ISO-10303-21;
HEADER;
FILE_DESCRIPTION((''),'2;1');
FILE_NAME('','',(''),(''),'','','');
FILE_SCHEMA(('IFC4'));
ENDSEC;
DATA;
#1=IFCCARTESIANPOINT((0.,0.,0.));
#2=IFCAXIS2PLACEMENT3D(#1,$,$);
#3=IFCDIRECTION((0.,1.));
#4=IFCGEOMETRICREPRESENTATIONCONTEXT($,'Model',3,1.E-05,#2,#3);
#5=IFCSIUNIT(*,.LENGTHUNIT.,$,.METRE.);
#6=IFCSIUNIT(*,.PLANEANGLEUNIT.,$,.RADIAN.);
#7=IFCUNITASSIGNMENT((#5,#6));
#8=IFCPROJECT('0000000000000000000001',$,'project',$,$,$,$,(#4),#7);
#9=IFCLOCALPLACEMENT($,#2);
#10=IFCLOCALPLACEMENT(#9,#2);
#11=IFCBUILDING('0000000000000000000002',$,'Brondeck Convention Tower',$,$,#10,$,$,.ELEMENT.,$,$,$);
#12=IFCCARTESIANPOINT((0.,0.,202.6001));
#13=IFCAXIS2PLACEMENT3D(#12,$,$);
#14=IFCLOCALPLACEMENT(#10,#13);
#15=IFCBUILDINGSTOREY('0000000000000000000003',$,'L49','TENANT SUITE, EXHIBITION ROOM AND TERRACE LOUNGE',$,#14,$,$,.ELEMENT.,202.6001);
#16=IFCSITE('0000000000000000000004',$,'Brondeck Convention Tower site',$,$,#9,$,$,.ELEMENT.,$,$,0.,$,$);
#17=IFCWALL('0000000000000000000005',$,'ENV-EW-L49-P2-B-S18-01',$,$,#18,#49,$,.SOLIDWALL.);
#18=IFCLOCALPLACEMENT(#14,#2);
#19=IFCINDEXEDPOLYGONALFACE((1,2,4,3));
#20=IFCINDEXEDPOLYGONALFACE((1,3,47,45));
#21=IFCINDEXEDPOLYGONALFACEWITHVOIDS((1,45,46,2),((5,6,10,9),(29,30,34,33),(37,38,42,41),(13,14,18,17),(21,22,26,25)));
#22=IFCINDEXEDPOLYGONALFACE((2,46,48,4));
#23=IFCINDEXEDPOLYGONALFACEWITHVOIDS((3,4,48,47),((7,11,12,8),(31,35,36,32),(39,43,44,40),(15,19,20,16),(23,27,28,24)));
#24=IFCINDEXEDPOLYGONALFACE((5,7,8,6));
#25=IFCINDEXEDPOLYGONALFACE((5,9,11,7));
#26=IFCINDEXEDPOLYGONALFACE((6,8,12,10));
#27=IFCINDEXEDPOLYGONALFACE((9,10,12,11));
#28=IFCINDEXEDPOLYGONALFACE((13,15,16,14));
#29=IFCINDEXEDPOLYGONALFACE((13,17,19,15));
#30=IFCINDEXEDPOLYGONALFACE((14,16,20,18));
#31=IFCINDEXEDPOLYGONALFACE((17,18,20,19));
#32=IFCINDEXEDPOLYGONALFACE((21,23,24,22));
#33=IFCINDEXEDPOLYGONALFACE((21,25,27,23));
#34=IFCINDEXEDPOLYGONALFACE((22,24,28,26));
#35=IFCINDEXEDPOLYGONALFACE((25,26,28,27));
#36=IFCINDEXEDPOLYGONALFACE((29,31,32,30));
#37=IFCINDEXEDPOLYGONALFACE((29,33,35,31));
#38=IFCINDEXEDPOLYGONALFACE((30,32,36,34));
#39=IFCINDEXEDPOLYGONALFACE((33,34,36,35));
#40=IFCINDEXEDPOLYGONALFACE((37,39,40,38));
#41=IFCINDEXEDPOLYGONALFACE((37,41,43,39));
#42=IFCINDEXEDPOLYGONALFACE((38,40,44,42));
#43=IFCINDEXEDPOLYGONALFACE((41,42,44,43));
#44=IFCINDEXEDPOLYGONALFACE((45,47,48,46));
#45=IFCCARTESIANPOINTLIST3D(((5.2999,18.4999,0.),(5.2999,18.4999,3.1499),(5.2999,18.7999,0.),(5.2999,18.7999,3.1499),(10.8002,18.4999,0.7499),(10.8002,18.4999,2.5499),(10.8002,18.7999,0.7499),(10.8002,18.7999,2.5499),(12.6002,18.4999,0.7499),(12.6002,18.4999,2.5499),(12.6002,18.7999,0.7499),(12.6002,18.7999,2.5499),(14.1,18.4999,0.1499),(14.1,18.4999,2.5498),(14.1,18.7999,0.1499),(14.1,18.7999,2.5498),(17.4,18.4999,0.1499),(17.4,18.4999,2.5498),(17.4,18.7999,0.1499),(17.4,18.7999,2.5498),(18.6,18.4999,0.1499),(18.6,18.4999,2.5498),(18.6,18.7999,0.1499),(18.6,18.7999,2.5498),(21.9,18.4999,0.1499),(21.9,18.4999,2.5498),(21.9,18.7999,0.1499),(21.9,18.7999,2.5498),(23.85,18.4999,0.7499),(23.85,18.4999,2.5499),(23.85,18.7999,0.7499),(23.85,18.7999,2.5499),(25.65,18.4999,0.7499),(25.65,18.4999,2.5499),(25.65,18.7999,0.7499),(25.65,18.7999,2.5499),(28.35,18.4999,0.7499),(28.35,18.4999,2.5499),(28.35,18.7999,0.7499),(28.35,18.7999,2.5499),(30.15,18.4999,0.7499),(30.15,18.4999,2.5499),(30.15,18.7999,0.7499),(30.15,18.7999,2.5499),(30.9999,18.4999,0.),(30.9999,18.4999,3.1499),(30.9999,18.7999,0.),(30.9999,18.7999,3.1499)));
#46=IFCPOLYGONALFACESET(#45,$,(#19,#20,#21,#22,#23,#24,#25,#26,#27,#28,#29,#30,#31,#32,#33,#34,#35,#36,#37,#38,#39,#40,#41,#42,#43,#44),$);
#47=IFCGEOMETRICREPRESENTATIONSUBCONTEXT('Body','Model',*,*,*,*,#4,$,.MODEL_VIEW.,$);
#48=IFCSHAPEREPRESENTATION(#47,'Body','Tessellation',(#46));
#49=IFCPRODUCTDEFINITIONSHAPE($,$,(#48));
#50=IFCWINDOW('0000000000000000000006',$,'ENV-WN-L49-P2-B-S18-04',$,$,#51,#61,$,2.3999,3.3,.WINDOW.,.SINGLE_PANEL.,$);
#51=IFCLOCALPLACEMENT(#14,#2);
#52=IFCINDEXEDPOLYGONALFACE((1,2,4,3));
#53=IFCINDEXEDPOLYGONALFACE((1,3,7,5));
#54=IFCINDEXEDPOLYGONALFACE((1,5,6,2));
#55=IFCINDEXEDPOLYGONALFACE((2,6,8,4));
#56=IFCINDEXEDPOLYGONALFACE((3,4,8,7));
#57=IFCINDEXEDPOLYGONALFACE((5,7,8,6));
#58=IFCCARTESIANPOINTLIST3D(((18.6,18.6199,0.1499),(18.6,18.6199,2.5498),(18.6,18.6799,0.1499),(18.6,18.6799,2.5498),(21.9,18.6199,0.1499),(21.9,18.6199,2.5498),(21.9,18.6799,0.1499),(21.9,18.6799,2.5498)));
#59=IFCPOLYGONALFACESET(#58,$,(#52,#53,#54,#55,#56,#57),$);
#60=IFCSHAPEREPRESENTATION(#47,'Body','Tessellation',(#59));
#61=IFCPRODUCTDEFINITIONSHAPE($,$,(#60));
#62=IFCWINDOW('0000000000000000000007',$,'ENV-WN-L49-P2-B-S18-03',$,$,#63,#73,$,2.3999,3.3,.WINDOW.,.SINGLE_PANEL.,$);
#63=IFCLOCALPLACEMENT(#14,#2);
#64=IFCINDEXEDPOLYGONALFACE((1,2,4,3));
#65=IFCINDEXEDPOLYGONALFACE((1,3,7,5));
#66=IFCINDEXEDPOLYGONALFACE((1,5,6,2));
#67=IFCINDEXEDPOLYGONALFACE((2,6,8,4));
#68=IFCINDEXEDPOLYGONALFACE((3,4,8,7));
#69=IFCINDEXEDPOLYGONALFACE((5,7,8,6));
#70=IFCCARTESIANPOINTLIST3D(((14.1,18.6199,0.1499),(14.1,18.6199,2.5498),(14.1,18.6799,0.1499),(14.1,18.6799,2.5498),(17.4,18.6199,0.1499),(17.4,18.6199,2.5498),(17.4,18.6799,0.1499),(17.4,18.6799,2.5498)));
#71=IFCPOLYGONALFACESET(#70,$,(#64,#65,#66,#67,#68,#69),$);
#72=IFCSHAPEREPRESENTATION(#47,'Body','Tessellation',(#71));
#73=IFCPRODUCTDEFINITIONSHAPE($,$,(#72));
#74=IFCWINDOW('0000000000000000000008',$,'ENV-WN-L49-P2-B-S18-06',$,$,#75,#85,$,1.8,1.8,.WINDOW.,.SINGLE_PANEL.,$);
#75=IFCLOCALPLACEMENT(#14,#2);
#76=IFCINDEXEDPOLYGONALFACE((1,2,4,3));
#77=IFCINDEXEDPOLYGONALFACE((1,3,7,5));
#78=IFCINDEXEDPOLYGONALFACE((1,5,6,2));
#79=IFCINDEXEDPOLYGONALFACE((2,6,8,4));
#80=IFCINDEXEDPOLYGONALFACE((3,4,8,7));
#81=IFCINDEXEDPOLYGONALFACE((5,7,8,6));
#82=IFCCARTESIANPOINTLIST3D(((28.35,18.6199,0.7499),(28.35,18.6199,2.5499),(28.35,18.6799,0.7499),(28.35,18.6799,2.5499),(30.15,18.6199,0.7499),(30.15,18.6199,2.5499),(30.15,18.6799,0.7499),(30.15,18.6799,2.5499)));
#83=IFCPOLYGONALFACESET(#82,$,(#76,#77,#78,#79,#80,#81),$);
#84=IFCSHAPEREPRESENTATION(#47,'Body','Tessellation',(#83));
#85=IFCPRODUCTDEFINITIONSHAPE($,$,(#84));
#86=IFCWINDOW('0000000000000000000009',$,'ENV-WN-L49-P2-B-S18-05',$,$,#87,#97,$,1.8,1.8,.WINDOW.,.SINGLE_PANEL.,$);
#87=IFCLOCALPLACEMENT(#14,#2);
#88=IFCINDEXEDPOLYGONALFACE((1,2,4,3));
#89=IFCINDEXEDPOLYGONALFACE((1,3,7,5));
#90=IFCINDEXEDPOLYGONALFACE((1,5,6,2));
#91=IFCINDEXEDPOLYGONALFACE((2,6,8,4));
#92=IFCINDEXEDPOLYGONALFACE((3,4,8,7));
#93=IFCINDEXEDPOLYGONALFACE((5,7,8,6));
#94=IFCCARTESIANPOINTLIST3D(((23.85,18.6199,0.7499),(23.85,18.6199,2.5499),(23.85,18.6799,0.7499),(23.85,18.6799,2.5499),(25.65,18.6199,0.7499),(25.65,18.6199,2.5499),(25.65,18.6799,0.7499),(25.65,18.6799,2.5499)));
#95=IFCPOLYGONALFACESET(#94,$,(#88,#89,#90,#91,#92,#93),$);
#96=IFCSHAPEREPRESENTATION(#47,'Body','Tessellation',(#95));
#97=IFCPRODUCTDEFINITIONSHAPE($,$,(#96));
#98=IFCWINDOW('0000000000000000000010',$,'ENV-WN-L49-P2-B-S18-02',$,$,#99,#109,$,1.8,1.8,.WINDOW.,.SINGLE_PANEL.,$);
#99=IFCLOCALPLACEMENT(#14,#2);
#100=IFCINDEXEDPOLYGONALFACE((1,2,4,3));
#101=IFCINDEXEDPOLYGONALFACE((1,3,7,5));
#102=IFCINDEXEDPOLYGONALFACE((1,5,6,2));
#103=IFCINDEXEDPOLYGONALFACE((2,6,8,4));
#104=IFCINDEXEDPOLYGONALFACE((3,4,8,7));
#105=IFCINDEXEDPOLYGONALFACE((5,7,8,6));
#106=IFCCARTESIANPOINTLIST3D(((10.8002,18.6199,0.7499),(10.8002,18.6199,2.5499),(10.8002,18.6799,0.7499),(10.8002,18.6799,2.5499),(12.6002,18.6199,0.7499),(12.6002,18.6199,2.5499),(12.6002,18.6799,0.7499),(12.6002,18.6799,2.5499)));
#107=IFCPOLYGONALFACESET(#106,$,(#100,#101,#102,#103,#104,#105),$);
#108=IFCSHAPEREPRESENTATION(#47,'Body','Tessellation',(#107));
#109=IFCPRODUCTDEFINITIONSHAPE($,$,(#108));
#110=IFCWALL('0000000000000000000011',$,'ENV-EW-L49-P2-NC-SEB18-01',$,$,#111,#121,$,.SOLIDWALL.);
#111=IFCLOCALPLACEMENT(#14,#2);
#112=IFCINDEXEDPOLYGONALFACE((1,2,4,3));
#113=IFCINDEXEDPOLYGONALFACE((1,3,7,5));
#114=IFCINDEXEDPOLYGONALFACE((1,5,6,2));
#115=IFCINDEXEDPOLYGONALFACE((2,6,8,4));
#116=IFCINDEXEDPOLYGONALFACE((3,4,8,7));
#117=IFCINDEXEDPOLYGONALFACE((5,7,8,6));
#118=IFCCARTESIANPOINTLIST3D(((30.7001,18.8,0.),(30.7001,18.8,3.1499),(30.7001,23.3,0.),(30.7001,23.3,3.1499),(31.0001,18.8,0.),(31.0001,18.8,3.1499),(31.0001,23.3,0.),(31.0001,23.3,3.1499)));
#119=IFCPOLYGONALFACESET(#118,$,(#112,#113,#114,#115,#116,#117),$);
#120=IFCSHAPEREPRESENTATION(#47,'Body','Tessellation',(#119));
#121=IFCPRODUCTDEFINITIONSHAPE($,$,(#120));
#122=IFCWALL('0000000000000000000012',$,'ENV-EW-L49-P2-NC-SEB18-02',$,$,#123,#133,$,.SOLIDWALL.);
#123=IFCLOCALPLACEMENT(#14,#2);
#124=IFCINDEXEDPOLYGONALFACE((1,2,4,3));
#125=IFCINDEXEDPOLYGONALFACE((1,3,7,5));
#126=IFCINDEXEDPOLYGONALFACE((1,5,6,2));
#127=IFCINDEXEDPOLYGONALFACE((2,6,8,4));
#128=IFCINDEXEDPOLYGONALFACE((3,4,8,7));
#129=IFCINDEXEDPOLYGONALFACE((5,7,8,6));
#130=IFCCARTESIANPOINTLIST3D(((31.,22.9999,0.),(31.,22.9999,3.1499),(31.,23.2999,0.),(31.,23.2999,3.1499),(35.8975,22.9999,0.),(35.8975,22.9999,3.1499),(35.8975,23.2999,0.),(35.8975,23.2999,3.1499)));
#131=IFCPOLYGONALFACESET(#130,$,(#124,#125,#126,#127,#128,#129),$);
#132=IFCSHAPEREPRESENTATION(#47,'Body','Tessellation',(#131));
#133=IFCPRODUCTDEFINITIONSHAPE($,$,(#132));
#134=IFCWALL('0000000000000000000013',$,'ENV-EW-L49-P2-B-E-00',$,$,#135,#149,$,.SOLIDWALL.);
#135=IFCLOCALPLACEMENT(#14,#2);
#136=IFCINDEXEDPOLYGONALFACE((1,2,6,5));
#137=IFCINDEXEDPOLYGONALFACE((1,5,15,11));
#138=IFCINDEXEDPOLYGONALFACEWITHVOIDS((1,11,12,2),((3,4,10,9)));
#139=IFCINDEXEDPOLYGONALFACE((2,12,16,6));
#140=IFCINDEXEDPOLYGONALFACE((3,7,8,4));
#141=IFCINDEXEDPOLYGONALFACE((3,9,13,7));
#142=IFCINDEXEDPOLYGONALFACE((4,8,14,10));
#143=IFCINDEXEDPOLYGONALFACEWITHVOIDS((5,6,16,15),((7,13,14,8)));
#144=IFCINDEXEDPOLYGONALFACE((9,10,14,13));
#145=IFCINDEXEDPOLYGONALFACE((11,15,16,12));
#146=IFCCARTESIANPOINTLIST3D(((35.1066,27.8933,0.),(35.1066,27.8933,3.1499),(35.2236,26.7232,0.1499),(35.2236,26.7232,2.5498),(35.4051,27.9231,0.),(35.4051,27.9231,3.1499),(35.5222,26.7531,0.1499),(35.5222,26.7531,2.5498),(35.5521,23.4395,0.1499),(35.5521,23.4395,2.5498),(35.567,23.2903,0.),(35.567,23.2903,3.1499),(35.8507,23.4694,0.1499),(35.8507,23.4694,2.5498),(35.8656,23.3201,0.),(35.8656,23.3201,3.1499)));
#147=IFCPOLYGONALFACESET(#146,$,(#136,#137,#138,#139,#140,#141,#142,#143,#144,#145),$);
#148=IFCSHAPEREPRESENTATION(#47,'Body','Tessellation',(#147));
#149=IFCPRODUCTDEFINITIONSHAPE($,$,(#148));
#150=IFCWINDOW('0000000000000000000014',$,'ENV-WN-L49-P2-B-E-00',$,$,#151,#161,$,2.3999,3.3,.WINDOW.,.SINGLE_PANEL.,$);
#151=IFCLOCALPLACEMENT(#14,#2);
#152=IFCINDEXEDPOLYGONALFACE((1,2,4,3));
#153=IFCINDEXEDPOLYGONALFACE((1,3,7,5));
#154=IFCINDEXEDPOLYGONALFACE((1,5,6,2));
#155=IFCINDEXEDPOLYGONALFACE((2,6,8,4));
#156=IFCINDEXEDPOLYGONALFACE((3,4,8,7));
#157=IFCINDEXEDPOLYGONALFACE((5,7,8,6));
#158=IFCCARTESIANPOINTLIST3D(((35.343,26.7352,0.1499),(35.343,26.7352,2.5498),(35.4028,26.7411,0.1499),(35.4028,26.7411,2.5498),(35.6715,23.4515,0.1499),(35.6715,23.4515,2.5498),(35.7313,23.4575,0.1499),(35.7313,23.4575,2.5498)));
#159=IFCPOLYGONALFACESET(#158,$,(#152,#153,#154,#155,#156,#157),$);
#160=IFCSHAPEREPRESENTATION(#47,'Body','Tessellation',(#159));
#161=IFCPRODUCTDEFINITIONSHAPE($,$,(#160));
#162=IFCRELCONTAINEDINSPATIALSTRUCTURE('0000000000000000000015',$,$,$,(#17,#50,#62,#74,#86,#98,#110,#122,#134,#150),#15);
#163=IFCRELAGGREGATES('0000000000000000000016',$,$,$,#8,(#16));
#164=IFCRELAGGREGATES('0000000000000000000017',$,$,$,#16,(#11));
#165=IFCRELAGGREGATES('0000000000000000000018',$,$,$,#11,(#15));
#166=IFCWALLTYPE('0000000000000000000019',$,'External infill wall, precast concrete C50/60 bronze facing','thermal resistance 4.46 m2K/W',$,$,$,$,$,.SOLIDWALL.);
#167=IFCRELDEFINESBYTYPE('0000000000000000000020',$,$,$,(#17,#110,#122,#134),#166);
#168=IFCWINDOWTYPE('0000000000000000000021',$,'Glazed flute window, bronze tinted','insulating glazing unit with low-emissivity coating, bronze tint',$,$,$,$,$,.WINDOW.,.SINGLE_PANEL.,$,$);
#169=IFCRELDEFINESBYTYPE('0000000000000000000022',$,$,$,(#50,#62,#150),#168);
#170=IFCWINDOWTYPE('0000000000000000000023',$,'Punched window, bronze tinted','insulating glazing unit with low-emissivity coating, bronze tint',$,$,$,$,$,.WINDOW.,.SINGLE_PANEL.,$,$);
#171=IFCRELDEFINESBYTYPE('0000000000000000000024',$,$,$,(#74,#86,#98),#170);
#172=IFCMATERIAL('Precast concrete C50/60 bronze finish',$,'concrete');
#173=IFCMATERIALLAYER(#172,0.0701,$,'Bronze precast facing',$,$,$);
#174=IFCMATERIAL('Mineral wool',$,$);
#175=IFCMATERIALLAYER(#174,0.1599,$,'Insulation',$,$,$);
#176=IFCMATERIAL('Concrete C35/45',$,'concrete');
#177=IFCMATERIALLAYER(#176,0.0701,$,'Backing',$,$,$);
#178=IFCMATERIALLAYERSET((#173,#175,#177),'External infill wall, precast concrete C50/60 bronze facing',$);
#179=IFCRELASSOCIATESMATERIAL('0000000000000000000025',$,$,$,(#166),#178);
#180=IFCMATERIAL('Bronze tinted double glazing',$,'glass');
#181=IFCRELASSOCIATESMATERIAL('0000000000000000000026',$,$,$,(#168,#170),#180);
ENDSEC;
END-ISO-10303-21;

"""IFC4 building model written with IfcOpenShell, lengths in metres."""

from ifc_helpers import new_model, si_unit, direction, frame, frame_2d, origin, place, context, subcontext, project, spatial, rectangle, extrude, material, layer, layer_set, type_object, element, fill, save


model = new_model("IFC4")

# Units and contexts
model_context = context("Model", 3, precision=1e-05, world=origin(), true_north=direction((0.0, 1.0)))
body_context = subcontext(model_context, "Body", "Model", "MODEL_VIEW")
ifc_project = project(units=[si_unit("LENGTHUNIT", "METRE"), si_unit("PLANEANGLEUNIT", "RADIAN")], contexts=[model_context])

# Site, building, storey
site_placement = place(None, origin())
site = spatial("IfcSite", under=ifc_project, at=site_placement, Name="Brondeck Convention Tower site", CompositionType="ELEMENT", RefElevation=0.0)
building_placement = place(site_placement, origin())
building = spatial("IfcBuilding", under=site, at=building_placement, Name="Brondeck Convention Tower", CompositionType="ELEMENT")
storey_placement = place(building_placement, frame((0.0, 0.0, 202.6001)))
storey = spatial("IfcBuildingStorey", under=building, at=storey_placement, Name="L49", Description="TENANT SUITE, EXHIBITION ROOM AND TERRACE LOUNGE", CompositionType="ELEMENT", Elevation=202.6001)

# Wall, openings, windows
ifc_material_1 = material(Name="Precast concrete C50/60 bronze finish", Category="concrete")
ifc_layer_1 = layer(ifc_material_1, 0.0701, Name="Bronze precast facing")
ifc_material_2 = material(Name="Mineral wool")
ifc_layer_2 = layer(ifc_material_2, 0.1599, Name="Insulation")
ifc_material_3 = material(Name="Concrete C35/45", Category="concrete")
ifc_layer_3 = layer(ifc_material_3, 0.0701, Name="Backing")
ifc_layer_set_1 = layer_set([ifc_layer_1, ifc_layer_2, ifc_layer_3], Name="External infill wall, precast concrete C50/60 bronze facing")
wall_type_1 = type_object("IfcWallType", Name="External infill wall, precast concrete C50/60 bronze facing", Description="thermal resistance 4.46 m2K/W", PredefinedType="SOLIDWALL", material=ifc_layer_set_1)
wall_1_placement = place(storey_placement, frame((31.0, 18.6499, 0.0), z_axis=(0.0, 0.0, 1.0), x_axis=(-1.0, 0.0, 0.0)))
wall_1 = element("IfcWall", 1, at=wall_1_placement, inside=storey, type_object=wall_type_1, Name="ENV-EW-L49-P2-B-S18-01", PredefinedType="SOLIDWALL", context=body_context, shape_type="SweptSolid", body=[
    extrude(rectangle(XDim=25.7, YDim=0.3, at=frame_2d((12.8501, 0.0))), origin(), (0.0, 0.0, 1.0), 3.1499),
])
opening_1_placement = place(wall_1_placement, frame((0.8501, 0.0, 0.75)))
opening_1 = element("IfcOpeningElement", 2, at=opening_1_placement, cuts=wall_1, PredefinedType="OPENING", context=body_context, shape_type="SweptSolid", body=[
    extrude(rectangle(XDim=1.8, YDim=1.8, at=frame_2d((0.8999, 0.8999))), frame((0.0, 0.1599, 0.0), z_axis=(0.0, -1.0, 0.0), x_axis=(1.0, 0.0, 0.0)), (0.0, 0.0, 1.0), 0.3201),
])
opening_2_placement = place(wall_1_placement, frame((5.3501, 0.0, 0.75)))
opening_2 = element("IfcOpeningElement", 3, at=opening_2_placement, cuts=wall_1, PredefinedType="OPENING", context=body_context, shape_type="SweptSolid", body=[
    extrude(rectangle(XDim=1.8, YDim=1.8, at=frame_2d((0.8999, 0.8999))), frame((0.0, 0.1599, 0.0), z_axis=(0.0, -1.0, 0.0), x_axis=(1.0, 0.0, 0.0)), (0.0, 0.0, 1.0), 0.3201),
])
opening_3_placement = place(wall_1_placement, frame((9.1001, 0.0, 0.1499)))
opening_3 = element("IfcOpeningElement", 4, at=opening_3_placement, cuts=wall_1, PredefinedType="OPENING", context=body_context, shape_type="SweptSolid", body=[
    extrude(rectangle(XDim=3.3, YDim=2.3999, at=frame_2d((1.6499, 1.2))), frame((0.0, 0.1599, 0.0), z_axis=(0.0, -1.0, 0.0), x_axis=(1.0, 0.0, 0.0)), (0.0, 0.0, 1.0), 0.3201),
])
opening_4_placement = place(wall_1_placement, frame((13.6001, 0.0, 0.1499)))
opening_4 = element("IfcOpeningElement", 5, at=opening_4_placement, cuts=wall_1, PredefinedType="OPENING", context=body_context, shape_type="SweptSolid", body=[
    extrude(rectangle(XDim=3.3, YDim=2.3999, at=frame_2d((1.6499, 1.2))), frame((0.0, 0.1599, 0.0), z_axis=(0.0, -1.0, 0.0), x_axis=(1.0, 0.0, 0.0)), (0.0, 0.0, 1.0), 0.3201),
])
opening_5_placement = place(wall_1_placement, frame((18.3999, 0.0, 0.75)))
opening_5 = element("IfcOpeningElement", 6, at=opening_5_placement, cuts=wall_1, PredefinedType="OPENING", context=body_context, shape_type="SweptSolid", body=[
    extrude(rectangle(XDim=1.8, YDim=1.8, at=frame_2d((0.8999, 0.8999))), frame((0.0, 0.1599, 0.0), z_axis=(0.0, -1.0, 0.0), x_axis=(1.0, 0.0, 0.0)), (0.0, 0.0, 1.0), 0.3201),
])
ifc_material_4 = material(Name="Bronze tinted double glazing", Category="glass")
window_type_1 = type_object("IfcWindowType", Name="Glazed flute window, bronze tinted", Description="insulating glazing unit with low-emissivity coating, bronze tint", PartitioningType="SINGLE_PANEL", PredefinedType="WINDOW", material=ifc_material_4)
window_1_placement = place(opening_3_placement, origin())
window_1 = element("IfcWindow", 7, at=window_1_placement, inside=storey, type_object=window_type_1, Name="ENV-WN-L49-P2-B-S18-04", OverallHeight=2.3999, OverallWidth=3.3, PartitioningType="SINGLE_PANEL", PredefinedType="WINDOW", context=body_context, shape_type="SweptSolid", body=[
    extrude(rectangle(XDim=3.3, YDim=2.3999, at=frame_2d((1.6499, 1.2))), frame((0.0, 0.03, 0.0), z_axis=(0.0, -1.0, 0.0), x_axis=(1.0, 0.0, 0.0)), (0.0, 0.0, 1.0), 0.0601),
])
fill(opening_3, window_1)
window_2_placement = place(opening_4_placement, origin())
window_2 = element("IfcWindow", 8, at=window_2_placement, inside=storey, type_object=window_type_1, Name="ENV-WN-L49-P2-B-S18-03", OverallHeight=2.3999, OverallWidth=3.3, PartitioningType="SINGLE_PANEL", PredefinedType="WINDOW", context=body_context, shape_type="SweptSolid", body=[
    extrude(rectangle(XDim=3.3, YDim=2.3999, at=frame_2d((1.6499, 1.2))), frame((0.0, 0.03, 0.0), z_axis=(0.0, -1.0, 0.0), x_axis=(1.0, 0.0, 0.0)), (0.0, 0.0, 1.0), 0.0601),
])
fill(opening_4, window_2)
window_type_2 = type_object("IfcWindowType", Name="Punched window, bronze tinted", Description="insulating glazing unit with low-emissivity coating, bronze tint", PartitioningType="SINGLE_PANEL", PredefinedType="WINDOW", material=ifc_material_4)
window_3_placement = place(opening_1_placement, origin())
window_3 = element("IfcWindow", 9, at=window_3_placement, inside=storey, type_object=window_type_2, Name="ENV-WN-L49-P2-B-S18-06", OverallHeight=1.8, OverallWidth=1.8, PartitioningType="SINGLE_PANEL", PredefinedType="WINDOW", context=body_context, shape_type="SweptSolid", body=[
    extrude(rectangle(XDim=1.8, YDim=1.8, at=frame_2d((0.8999, 0.8999))), frame((0.0, 0.03, 0.0), z_axis=(0.0, -1.0, 0.0), x_axis=(1.0, 0.0, 0.0)), (0.0, 0.0, 1.0), 0.0601),
])
fill(opening_1, window_3)
window_4_placement = place(opening_2_placement, origin())
window_4 = element("IfcWindow", 10, at=window_4_placement, inside=storey, type_object=window_type_2, Name="ENV-WN-L49-P2-B-S18-05", OverallHeight=1.8, OverallWidth=1.8, PartitioningType="SINGLE_PANEL", PredefinedType="WINDOW", context=body_context, shape_type="SweptSolid", body=[
    extrude(rectangle(XDim=1.8, YDim=1.8, at=frame_2d((0.8999, 0.8999))), frame((0.0, 0.03, 0.0), z_axis=(0.0, -1.0, 0.0), x_axis=(1.0, 0.0, 0.0)), (0.0, 0.0, 1.0), 0.0601),
])
fill(opening_2, window_4)
window_5_placement = place(opening_5_placement, origin())
window_5 = element("IfcWindow", 11, at=window_5_placement, inside=storey, type_object=window_type_2, Name="ENV-WN-L49-P2-B-S18-02", OverallHeight=1.8, OverallWidth=1.8, PartitioningType="SINGLE_PANEL", PredefinedType="WINDOW", context=body_context, shape_type="SweptSolid", body=[
    extrude(rectangle(XDim=1.8, YDim=1.8, at=frame_2d((0.8999, 0.8999))), frame((0.0, 0.03, 0.0), z_axis=(0.0, -1.0, 0.0), x_axis=(1.0, 0.0, 0.0)), (0.0, 0.0, 1.0), 0.0601),
])
fill(opening_5, window_5)

# Walls
wall_2_placement = place(storey_placement, frame((30.8501, 23.3, 0.0), z_axis=(0.0, 0.0, 1.0), x_axis=(0.0, -1.0, 0.0)))
element("IfcWall", 12, at=wall_2_placement, inside=storey, type_object=wall_type_1, Name="ENV-EW-L49-P2-NC-SEB18-01", PredefinedType="SOLIDWALL", context=body_context, shape_type="SweptSolid", body=[
    extrude(rectangle(XDim=4.5, YDim=0.3, at=frame_2d((2.25, 0.0))), origin(), (0.0, 0.0, 1.0), 3.1499),
])
wall_3_placement = place(storey_placement, frame((35.8975, 23.1499, 0.0), z_axis=(0.0, 0.0, 1.0), x_axis=(-1.0, 0.0, 0.0)))
element("IfcWall", 13, at=wall_3_placement, inside=storey, type_object=wall_type_1, Name="ENV-EW-L49-P2-NC-SEB18-02", PredefinedType="SOLIDWALL", context=body_context, shape_type="SweptSolid", body=[
    extrude(rectangle(XDim=4.8975, YDim=0.3, at=frame_2d((2.4487, 0.0))), origin(), (0.0, 0.0, 1.0), 3.1499),
])

# Wall, opening, window
wall_4_placement = place(storey_placement, frame((35.2559, 27.9082, 0.0), z_axis=(0.0, 0.0, 1.0), x_axis=(0.099535, -0.995034, 0.0)))
wall_4 = element("IfcWall", 14, at=wall_4_placement, inside=storey, type_object=wall_type_1, Name="ENV-EW-L49-P2-B-E-00", PredefinedType="SOLIDWALL", context=body_context, shape_type="SweptSolid", body=[
    extrude(rectangle(XDim=4.626, YDim=0.3, at=frame_2d((2.313, 0.0))), origin(), (0.0, 0.0, 1.0), 3.1499),
])
opening_6_placement = place(wall_4_placement, frame((1.176, 0.0, 0.1499)))
opening_6 = element("IfcOpeningElement", 15, at=opening_6_placement, cuts=wall_4, PredefinedType="OPENING", context=body_context, shape_type="SweptSolid", body=[
    extrude(rectangle(XDim=3.3, YDim=2.3999, at=frame_2d((1.6499, 1.2))), frame((0.0, 0.1599, 0.0), z_axis=(0.0, -1.0, 0.0), x_axis=(1.0, 0.0, 0.0)), (0.0, 0.0, 1.0), 0.3201),
])
window_6_placement = place(opening_6_placement, origin())
window_6 = element("IfcWindow", 16, at=window_6_placement, inside=storey, type_object=window_type_1, Name="ENV-WN-L49-P2-B-E-00", OverallHeight=2.3999, OverallWidth=3.3, PartitioningType="SINGLE_PANEL", PredefinedType="WINDOW", context=body_context, shape_type="SweptSolid", body=[
    extrude(rectangle(XDim=3.3, YDim=2.3999, at=frame_2d((1.6499, 1.2))), frame((0.0, 0.03, 0.0), z_axis=(0.0, -1.0, 0.0), x_axis=(1.0, 0.0, 0.0)), (0.0, 0.0, 1.0), 0.0601),
])
fill(opening_6, window_6)

save(model, "model.ifc")
